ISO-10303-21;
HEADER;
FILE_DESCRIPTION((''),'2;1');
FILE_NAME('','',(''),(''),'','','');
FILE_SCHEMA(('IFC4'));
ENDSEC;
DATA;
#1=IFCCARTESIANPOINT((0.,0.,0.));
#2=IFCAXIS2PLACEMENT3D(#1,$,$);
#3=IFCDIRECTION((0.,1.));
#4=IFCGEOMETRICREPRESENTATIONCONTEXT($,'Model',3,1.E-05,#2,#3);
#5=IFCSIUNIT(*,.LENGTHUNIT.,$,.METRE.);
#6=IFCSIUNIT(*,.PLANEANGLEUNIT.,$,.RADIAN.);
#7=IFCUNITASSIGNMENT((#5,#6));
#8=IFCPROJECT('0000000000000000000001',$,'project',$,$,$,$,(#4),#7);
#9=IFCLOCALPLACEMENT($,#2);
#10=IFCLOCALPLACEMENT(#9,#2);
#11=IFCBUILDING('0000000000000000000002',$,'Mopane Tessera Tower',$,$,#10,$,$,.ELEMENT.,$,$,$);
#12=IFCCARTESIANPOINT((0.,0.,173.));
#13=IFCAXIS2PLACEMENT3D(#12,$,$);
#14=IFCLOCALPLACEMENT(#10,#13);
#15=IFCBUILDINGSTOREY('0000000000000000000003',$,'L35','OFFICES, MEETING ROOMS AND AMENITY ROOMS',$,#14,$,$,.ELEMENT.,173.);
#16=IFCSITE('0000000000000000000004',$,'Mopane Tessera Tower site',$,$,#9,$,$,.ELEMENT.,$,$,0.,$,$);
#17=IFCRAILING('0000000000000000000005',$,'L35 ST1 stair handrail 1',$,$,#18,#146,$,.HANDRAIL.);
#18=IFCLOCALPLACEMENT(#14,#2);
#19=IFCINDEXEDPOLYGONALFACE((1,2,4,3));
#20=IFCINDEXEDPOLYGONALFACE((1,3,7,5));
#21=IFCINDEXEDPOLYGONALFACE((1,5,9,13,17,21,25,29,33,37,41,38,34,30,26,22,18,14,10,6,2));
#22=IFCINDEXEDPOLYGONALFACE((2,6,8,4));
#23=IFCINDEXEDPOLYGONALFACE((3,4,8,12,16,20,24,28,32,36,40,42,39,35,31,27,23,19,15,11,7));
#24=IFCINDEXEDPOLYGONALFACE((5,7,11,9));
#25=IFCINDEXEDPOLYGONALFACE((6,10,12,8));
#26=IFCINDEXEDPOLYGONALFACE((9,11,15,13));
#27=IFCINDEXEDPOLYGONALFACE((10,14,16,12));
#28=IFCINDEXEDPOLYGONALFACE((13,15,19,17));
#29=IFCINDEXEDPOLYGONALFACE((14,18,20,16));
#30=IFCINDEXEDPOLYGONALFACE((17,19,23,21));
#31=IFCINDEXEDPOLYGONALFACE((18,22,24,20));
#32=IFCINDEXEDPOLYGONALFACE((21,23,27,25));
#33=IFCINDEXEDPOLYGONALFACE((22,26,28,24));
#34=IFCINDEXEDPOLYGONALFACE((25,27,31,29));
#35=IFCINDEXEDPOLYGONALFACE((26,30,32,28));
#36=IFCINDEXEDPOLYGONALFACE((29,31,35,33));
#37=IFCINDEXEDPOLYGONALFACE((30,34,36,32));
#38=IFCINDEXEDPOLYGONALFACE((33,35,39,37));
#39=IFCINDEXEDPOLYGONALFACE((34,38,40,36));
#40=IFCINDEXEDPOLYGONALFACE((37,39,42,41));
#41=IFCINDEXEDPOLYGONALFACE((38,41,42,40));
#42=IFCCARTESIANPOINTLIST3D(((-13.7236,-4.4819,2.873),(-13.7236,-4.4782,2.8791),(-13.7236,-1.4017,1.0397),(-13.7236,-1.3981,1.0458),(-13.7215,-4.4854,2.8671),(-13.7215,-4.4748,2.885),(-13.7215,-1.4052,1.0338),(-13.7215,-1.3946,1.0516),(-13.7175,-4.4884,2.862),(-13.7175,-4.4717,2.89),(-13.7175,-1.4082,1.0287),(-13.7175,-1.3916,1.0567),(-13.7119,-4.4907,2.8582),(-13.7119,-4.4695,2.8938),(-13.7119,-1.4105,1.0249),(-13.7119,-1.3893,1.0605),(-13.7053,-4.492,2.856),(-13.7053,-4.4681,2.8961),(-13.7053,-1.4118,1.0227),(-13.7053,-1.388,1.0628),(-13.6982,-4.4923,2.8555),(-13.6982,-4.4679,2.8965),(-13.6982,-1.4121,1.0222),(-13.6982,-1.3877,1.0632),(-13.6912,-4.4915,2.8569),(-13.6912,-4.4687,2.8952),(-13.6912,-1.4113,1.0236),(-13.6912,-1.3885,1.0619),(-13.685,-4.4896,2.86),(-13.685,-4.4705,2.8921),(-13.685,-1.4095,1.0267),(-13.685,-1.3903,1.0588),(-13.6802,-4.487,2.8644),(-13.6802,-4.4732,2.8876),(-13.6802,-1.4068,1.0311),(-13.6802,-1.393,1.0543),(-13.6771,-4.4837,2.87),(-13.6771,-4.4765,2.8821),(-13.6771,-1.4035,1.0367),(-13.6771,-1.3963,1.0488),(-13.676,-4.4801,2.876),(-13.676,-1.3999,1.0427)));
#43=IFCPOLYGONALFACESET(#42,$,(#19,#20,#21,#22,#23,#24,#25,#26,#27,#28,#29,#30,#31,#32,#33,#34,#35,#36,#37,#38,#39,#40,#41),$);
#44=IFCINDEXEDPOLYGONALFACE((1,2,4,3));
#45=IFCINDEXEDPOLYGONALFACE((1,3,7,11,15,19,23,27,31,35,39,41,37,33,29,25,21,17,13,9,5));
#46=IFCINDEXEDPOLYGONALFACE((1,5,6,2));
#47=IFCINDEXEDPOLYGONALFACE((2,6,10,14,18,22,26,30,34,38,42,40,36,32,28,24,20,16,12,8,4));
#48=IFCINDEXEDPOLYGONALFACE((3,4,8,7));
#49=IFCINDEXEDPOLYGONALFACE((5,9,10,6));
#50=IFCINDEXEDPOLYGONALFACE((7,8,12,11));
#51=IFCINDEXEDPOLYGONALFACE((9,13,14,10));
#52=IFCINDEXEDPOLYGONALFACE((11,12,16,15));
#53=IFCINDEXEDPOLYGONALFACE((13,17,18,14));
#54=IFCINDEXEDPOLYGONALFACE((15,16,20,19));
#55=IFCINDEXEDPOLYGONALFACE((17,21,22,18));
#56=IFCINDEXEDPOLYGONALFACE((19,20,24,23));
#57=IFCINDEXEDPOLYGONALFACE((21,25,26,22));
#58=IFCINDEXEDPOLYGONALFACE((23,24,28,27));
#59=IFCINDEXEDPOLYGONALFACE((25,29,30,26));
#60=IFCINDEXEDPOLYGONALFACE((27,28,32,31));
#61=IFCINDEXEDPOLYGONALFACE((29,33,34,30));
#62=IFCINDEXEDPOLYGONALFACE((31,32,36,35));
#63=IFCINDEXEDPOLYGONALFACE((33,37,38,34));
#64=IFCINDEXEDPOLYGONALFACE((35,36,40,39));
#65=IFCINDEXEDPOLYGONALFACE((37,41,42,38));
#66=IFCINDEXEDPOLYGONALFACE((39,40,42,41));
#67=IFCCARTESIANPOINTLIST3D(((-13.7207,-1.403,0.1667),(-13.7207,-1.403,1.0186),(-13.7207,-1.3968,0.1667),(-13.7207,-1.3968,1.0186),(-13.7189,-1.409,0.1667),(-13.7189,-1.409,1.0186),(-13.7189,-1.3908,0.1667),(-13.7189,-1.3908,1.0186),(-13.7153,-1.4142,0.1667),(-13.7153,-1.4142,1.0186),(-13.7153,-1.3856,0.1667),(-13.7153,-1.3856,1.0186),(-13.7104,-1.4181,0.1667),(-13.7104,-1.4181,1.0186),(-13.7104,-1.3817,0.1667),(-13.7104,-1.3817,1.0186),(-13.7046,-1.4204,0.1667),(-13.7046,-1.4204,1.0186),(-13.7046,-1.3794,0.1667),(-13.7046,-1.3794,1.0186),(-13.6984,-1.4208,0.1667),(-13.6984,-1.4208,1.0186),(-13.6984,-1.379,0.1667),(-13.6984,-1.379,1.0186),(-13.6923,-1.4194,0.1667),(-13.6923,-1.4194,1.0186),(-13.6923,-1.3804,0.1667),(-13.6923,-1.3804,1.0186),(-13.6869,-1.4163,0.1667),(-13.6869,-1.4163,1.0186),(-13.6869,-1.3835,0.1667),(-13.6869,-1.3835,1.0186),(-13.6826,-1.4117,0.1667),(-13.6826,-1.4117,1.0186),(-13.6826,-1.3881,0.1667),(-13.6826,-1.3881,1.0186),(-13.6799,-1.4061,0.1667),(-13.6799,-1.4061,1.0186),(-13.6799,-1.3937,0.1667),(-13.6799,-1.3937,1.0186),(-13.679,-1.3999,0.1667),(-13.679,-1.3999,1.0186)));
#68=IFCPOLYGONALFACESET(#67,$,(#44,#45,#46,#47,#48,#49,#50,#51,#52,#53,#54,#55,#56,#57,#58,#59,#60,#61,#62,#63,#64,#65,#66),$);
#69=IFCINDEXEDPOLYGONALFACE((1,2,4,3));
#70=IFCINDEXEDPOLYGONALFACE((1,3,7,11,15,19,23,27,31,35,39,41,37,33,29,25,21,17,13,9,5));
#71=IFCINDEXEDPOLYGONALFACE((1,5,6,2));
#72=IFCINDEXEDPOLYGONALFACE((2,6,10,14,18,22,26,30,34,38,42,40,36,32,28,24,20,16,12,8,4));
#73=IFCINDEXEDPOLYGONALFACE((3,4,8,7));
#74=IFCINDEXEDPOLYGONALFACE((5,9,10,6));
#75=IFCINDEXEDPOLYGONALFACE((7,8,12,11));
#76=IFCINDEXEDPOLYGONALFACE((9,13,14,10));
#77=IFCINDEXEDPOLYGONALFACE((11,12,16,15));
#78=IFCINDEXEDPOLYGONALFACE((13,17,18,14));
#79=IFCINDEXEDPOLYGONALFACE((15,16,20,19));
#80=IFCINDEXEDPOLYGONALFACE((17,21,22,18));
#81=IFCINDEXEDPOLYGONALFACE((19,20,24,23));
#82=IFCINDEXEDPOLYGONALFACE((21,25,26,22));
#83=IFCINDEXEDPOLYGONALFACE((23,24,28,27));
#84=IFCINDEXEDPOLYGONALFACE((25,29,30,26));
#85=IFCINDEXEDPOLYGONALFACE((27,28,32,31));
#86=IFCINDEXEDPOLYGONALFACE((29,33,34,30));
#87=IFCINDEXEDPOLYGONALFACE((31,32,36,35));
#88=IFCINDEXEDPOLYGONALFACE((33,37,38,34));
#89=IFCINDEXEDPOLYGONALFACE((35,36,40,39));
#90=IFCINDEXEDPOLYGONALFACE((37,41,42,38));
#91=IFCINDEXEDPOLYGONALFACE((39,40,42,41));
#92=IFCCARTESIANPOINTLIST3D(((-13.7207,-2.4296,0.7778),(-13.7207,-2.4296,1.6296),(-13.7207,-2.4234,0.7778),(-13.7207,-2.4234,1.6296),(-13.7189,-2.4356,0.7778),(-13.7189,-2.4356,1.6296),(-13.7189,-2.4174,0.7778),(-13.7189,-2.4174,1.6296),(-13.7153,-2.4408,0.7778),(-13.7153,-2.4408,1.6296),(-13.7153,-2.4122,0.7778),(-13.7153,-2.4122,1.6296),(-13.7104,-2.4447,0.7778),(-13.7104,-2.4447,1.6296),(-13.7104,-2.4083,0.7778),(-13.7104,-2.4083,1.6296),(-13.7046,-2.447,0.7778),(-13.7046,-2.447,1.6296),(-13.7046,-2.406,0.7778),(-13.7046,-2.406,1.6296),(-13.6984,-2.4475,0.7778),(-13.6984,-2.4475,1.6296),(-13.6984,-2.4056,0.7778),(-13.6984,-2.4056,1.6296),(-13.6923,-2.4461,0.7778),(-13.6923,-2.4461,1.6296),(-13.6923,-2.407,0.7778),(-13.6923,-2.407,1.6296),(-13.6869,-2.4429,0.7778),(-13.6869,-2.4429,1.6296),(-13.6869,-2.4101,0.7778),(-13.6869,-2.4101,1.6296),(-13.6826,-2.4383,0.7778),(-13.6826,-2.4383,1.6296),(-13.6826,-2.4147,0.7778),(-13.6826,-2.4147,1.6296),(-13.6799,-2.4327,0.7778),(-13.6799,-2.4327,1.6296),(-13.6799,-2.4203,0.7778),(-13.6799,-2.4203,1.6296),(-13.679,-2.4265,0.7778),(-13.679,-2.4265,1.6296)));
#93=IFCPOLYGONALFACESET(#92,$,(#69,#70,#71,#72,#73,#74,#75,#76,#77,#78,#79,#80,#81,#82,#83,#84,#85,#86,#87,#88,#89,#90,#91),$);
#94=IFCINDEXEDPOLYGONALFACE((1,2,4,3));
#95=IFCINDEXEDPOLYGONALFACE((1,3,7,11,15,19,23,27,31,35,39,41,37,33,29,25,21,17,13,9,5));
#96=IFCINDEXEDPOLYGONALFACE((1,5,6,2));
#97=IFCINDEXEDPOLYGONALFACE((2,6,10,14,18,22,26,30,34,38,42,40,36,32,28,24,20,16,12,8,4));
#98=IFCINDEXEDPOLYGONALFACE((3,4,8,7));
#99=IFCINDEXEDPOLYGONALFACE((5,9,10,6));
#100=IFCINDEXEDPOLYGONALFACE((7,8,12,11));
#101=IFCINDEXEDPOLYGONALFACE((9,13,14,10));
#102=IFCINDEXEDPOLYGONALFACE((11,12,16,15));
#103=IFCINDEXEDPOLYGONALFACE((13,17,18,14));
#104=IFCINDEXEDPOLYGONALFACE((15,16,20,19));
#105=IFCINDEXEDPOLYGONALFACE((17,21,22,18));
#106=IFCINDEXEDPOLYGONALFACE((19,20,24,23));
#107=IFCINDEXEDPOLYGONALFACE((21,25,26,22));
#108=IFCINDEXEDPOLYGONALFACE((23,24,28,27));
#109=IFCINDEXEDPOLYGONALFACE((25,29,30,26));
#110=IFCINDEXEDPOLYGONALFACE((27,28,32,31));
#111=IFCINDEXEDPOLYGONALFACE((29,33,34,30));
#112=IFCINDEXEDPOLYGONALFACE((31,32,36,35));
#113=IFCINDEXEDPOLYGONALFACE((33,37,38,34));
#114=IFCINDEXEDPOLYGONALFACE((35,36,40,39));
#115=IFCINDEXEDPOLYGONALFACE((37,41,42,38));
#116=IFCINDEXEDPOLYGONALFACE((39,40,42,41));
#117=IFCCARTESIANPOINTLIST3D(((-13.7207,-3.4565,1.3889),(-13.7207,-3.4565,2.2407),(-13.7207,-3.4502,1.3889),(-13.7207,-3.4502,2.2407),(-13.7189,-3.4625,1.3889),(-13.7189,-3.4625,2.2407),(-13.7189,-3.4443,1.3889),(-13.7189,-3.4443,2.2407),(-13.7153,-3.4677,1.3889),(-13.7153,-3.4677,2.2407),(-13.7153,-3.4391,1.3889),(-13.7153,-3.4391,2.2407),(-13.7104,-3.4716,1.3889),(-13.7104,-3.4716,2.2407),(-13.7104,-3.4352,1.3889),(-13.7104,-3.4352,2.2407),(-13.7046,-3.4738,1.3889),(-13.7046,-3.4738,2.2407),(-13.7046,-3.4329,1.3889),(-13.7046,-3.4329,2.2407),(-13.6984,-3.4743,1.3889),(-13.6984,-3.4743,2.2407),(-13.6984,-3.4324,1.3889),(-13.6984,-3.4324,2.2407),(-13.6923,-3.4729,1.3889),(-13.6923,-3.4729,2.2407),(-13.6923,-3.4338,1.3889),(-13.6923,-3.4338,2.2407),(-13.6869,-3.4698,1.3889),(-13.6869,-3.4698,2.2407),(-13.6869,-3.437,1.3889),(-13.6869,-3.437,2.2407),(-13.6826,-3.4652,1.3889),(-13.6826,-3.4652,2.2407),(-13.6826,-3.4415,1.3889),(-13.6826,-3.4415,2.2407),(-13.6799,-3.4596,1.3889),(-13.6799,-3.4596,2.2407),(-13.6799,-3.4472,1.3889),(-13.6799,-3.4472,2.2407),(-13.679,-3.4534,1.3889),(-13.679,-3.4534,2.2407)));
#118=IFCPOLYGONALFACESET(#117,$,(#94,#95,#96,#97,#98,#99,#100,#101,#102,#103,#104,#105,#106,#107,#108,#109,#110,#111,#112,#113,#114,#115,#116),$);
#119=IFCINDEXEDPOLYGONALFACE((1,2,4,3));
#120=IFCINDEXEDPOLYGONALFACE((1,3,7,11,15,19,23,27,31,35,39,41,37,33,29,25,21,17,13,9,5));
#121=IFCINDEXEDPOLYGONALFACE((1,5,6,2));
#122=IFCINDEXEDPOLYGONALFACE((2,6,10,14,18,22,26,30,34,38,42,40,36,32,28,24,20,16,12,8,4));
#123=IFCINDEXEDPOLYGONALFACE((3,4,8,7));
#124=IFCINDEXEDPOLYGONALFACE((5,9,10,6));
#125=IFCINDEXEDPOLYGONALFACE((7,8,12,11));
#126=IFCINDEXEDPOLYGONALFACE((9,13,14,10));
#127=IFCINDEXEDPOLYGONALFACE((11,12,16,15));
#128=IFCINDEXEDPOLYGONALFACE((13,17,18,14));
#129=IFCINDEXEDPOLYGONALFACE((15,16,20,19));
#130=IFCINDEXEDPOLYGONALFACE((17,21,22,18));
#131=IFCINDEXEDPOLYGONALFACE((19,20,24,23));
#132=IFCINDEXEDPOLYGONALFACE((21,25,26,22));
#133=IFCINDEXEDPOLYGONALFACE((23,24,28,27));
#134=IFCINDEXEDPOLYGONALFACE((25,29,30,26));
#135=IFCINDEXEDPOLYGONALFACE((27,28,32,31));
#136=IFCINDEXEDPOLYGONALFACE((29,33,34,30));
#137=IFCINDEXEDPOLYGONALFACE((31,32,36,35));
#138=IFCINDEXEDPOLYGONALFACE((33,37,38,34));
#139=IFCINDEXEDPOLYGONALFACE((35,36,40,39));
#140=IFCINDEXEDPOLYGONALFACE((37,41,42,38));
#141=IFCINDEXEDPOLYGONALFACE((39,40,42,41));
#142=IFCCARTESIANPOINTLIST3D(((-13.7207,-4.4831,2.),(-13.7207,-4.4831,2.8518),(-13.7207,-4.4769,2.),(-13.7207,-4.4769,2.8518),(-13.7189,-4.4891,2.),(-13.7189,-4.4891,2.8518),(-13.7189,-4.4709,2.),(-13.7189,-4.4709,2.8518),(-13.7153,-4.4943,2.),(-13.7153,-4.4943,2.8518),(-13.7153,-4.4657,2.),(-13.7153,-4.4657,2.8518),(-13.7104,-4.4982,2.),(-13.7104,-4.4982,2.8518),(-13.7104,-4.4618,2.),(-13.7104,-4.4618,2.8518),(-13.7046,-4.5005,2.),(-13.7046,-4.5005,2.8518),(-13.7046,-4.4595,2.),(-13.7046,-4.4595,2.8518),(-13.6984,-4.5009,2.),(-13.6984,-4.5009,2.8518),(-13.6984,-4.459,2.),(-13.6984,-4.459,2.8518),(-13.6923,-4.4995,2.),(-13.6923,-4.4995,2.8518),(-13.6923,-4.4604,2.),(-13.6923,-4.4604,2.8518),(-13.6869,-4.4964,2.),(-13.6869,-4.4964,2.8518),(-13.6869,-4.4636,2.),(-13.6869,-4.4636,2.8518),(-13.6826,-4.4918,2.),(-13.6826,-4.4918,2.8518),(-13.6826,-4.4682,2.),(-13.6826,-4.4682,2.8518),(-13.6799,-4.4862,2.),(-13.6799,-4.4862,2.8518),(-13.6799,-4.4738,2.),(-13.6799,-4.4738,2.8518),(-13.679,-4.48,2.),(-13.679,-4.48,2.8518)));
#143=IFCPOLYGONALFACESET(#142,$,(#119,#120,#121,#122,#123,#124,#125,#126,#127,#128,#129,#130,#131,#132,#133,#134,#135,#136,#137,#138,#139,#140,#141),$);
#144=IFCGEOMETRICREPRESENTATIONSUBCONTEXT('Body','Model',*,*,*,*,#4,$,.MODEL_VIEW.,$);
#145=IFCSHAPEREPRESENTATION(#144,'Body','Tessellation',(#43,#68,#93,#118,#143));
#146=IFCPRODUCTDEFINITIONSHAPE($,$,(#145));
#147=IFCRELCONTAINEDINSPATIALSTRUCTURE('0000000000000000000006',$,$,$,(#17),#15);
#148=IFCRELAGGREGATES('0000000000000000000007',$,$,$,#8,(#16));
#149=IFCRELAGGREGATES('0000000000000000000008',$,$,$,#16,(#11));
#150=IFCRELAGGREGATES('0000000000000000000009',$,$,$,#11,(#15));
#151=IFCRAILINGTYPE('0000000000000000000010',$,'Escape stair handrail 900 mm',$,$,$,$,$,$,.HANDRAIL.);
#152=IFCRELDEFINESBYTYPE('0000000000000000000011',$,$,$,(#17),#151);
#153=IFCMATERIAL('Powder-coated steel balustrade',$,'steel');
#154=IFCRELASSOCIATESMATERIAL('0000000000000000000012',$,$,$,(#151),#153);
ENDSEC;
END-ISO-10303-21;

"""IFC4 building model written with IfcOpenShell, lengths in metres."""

from ifc_helpers import new_model, si_unit, direction, frame, origin, origin_2d, place, context, subcontext, project, spatial, circle, extrude, material, type_object, element, save


model = new_model("IFC4")

# Units and contexts
model_context = context("Model", 3, precision=1e-05, world=origin(), true_north=direction((0.0, 1.0)))
body_context = subcontext(model_context, "Body", "Model", "MODEL_VIEW")
ifc_project = project(units=[si_unit("LENGTHUNIT", "METRE"), si_unit("PLANEANGLEUNIT", "RADIAN")], contexts=[model_context])

# Site, building, storey
site_placement = place(None, origin())
site = spatial("IfcSite", under=ifc_project, at=site_placement, Name="Mopane Tessera Tower site", CompositionType="ELEMENT", RefElevation=0.0)
building_placement = place(site_placement, origin())
building = spatial("IfcBuilding", under=site, at=building_placement, Name="Mopane Tessera Tower", CompositionType="ELEMENT")
storey_placement = place(building_placement, frame((0.0, 0.0, 173.0)))
storey = spatial("IfcBuildingStorey", under=building, at=storey_placement, Name="L35", Description="OFFICES, MEETING ROOMS AND AMENITY ROOMS", CompositionType="ELEMENT", Elevation=173.0)

# Railing
ifc_material_1 = material(Name="Powder-coated steel balustrade", Category="steel")
railing_type_1 = type_object("IfcRailingType", Name="Escape stair handrail 900 mm", PredefinedType="HANDRAIL", material=ifc_material_1)
railing_1_placement = place(storey_placement, frame((-13.7, -1.3999, 0.1667)))
element("IfcRailing", 1, at=railing_1_placement, inside=storey, type_object=railing_type_1, Name="L35 ST1 stair handrail 1", PredefinedType="HANDRAIL", context=body_context, shape_type="SweptSolid", body=[
    extrude(circle(Radius=0.0239, at=origin_2d()), frame((0.0, 0.0, 0.876), z_axis=(0.0, -0.859309, 0.511458), x_axis=(1.0, 0.0, 0.0)), (0.0, 0.0, 1.0), 3.5845),
    extrude(circle(Radius=0.021, at=origin_2d()), origin(), (0.0, 0.0, 1.0), 0.8518),
    extrude(circle(Radius=0.021, at=origin_2d()), frame((0.0, -1.0266, 0.6111)), (0.0, 0.0, 1.0), 0.8518),
    extrude(circle(Radius=0.021, at=origin_2d()), frame((0.0, -2.0535, 1.2222)), (0.0, 0.0, 1.0), 0.8518),
    extrude(circle(Radius=0.021, at=origin_2d()), frame((0.0, -3.0801, 1.8333)), (0.0, 0.0, 1.0), 0.8518),
])

save(model, "model.ifc")
